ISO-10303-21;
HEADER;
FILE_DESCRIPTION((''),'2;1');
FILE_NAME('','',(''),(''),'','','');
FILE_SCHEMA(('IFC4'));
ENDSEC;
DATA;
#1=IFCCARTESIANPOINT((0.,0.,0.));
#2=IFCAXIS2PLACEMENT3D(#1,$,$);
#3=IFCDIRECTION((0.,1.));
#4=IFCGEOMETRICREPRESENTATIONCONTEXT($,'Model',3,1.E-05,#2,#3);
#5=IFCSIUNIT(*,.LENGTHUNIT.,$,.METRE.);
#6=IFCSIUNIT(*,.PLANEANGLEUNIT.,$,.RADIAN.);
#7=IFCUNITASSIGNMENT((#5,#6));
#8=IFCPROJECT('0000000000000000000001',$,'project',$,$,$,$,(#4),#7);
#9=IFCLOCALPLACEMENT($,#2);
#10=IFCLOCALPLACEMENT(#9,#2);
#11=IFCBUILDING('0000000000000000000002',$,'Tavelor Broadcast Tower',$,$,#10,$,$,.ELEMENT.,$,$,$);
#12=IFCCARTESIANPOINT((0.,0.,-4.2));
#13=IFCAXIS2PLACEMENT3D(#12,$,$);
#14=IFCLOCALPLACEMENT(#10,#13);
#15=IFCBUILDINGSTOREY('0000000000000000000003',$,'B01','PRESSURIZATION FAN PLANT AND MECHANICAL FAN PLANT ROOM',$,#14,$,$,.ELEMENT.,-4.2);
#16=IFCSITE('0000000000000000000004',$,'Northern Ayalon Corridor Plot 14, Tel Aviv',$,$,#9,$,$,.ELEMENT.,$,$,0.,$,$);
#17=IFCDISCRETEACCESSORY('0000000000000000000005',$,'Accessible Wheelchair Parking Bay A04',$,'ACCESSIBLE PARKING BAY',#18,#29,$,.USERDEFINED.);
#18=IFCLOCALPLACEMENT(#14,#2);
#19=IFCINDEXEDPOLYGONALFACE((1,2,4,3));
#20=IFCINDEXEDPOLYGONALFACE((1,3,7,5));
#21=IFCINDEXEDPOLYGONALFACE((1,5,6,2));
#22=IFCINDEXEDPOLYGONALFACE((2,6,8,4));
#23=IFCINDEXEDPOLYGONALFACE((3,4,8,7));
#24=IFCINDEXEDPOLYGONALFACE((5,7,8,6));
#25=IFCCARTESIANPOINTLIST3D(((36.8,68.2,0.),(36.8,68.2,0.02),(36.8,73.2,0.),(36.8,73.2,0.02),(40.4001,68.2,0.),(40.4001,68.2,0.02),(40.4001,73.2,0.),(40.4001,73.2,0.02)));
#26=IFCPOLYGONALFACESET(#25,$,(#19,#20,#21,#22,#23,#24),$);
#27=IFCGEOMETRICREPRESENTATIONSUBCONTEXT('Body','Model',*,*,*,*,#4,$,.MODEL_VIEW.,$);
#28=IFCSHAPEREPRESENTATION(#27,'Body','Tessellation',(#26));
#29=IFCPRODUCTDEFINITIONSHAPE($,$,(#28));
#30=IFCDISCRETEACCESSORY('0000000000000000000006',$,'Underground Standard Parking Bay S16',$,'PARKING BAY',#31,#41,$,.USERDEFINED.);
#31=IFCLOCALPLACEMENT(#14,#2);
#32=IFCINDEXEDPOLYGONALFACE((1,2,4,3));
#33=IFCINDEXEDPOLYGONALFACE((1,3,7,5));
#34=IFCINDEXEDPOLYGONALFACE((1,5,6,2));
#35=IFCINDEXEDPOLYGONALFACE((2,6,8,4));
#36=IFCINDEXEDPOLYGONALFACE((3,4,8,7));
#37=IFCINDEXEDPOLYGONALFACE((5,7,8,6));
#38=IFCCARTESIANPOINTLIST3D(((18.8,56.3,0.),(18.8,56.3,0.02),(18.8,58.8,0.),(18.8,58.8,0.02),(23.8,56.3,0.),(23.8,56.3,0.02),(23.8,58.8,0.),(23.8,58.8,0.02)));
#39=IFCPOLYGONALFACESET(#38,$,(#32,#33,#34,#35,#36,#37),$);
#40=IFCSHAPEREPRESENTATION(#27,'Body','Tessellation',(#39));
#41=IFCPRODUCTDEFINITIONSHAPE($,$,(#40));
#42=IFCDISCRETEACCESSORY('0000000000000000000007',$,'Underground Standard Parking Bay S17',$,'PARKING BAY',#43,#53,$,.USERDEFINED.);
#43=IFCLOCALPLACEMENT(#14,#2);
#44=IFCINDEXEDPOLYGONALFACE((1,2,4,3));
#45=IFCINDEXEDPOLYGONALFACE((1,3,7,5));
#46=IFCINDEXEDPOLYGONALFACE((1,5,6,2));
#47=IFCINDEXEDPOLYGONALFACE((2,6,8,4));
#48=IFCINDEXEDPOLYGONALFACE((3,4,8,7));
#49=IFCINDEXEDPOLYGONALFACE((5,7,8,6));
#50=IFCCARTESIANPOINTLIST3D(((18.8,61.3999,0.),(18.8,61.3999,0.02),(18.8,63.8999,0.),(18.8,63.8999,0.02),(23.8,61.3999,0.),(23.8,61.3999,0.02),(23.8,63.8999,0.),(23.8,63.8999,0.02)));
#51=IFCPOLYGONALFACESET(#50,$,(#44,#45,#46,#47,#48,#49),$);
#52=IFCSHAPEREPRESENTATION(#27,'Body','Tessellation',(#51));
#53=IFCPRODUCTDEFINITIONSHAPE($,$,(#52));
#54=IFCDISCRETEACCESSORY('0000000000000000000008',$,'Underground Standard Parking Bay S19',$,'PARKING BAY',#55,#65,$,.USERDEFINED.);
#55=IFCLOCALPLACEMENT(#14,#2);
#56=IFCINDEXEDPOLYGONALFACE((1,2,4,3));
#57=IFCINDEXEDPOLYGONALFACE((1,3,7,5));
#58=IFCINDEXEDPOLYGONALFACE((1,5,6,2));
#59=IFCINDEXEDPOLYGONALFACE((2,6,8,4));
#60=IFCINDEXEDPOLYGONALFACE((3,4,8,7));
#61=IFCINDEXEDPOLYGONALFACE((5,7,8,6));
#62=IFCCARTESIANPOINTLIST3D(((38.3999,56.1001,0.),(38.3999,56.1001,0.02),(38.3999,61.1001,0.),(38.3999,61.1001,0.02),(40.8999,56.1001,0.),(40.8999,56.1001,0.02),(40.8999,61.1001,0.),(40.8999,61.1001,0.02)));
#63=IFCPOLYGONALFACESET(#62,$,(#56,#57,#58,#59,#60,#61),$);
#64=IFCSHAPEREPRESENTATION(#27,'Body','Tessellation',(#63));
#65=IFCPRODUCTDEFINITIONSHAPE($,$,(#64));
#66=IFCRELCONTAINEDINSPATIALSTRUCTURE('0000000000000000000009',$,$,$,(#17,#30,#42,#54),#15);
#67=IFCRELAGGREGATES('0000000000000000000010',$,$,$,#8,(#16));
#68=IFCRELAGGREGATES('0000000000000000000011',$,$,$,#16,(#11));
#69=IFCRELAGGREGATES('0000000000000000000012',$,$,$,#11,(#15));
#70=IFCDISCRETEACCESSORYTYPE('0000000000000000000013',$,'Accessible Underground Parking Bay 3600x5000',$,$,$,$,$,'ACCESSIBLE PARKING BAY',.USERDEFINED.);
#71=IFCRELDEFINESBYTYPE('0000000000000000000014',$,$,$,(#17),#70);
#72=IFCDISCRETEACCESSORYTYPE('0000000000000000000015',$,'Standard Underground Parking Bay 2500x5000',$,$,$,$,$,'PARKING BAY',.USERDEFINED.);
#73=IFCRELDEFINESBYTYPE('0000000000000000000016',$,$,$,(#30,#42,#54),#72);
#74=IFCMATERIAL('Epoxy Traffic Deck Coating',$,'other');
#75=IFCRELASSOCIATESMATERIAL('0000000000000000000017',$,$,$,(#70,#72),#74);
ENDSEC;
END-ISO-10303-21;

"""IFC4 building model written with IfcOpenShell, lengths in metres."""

from ifc_helpers import new_model, si_unit, direction, frame, origin, origin_2d, place, context, subcontext, project, spatial, rectangle, extrude, source, transform, mapped, material, type_object, type_shapes, element, save


model = new_model("IFC4")

# Units and contexts
model_context = context("Model", 3, precision=1e-05, world=origin(), true_north=direction((0.0, 1.0)))
body_context = subcontext(model_context, "Body", "Model", "MODEL_VIEW")
ifc_project = project(units=[si_unit("LENGTHUNIT", "METRE"), si_unit("PLANEANGLEUNIT", "RADIAN")], contexts=[model_context])

# Site, building, storey
site_placement = place(None, origin())
site = spatial("IfcSite", under=ifc_project, at=site_placement, Name="Northern Ayalon Corridor Plot 14, Tel Aviv", CompositionType="ELEMENT", RefElevation=0.0)
building_placement = place(site_placement, origin())
building = spatial("IfcBuilding", under=site, at=building_placement, Name="Tavelor Broadcast Tower", CompositionType="ELEMENT")
storey_placement = place(building_placement, frame((0.0, 0.0, -4.2)))
storey = spatial("IfcBuildingStorey", under=building, at=storey_placement, Name="B01", Description="PRESSURIZATION FAN PLANT AND MECHANICAL FAN PLANT ROOM", CompositionType="ELEMENT", Elevation=-4.2)

# Discrete accessories
ifc_material_1 = material(Name="Epoxy Traffic Deck Coating", Category="other")
discrete_accessory_type_1 = type_object("IfcDiscreteAccessoryType", Name="Accessible Underground Parking Bay 3600x5000", ElementType="ACCESSIBLE PARKING BAY", PredefinedType="USERDEFINED", material=ifc_material_1)
shared_shape_1 = source(origin(), body_context, "Body", "SweptSolid", [
    extrude(rectangle(XDim=3.6001, YDim=5.0, at=origin_2d()), origin(), (0.0, 0.0, 1.0), 0.02),
])
type_shapes(discrete_accessory_type_1, [shared_shape_1])
for number, where, z_axis, x_axis, name in (
    (1, (38.6001, 70.7, 0.0), (0.0, 0.0, 1.0), (1.0, 0.0, 0.0), "Accessible Wheelchair Parking Bay A04"),
):
    element("IfcDiscreteAccessory", number, at=place(storey_placement, frame(where, z_axis=z_axis, x_axis=x_axis)), inside=storey, type_object=discrete_accessory_type_1, Name=name, ObjectType="ACCESSIBLE PARKING BAY", PredefinedType="USERDEFINED", context=body_context, shape_type="MappedRepresentation", body=[
        mapped(shared_shape_1, transform((0.0, 0.0, 0.0), scale=1.0)),
    ])
discrete_accessory_type_2 = type_object("IfcDiscreteAccessoryType", Name="Standard Underground Parking Bay 2500x5000", ElementType="PARKING BAY", PredefinedType="USERDEFINED", material=ifc_material_1)
shared_shape_2 = source(origin(), body_context, "Body", "SweptSolid", [
    extrude(rectangle(XDim=2.5, YDim=5.0, at=origin_2d()), origin(), (0.0, 0.0, 1.0), 0.02),
])
type_shapes(discrete_accessory_type_2, [shared_shape_2])
for number, where, z_axis, x_axis, name in (
    (2, (21.3, 57.55, 0.0), (0.0, 0.0, 1.0), (0.0, 1.0, 0.0), "Underground Standard Parking Bay S16"),
    (3, (21.3, 62.6499, 0.0), (0.0, 0.0, 1.0), (0.0, 1.0, 0.0), "Underground Standard Parking Bay S17"),
    (4, (39.6499, 58.6001, 0.0), (0.0, 0.0, 1.0), (1.0, 0.0, 0.0), "Underground Standard Parking Bay S19"),
):
    element("IfcDiscreteAccessory", number, at=place(storey_placement, frame(where, z_axis=z_axis, x_axis=x_axis)), inside=storey, type_object=discrete_accessory_type_2, Name=name, ObjectType="PARKING BAY", PredefinedType="USERDEFINED", context=body_context, shape_type="MappedRepresentation", body=[
        mapped(shared_shape_2, transform((0.0, 0.0, 0.0), scale=1.0)),
    ])

save(model, "model.ifc")
